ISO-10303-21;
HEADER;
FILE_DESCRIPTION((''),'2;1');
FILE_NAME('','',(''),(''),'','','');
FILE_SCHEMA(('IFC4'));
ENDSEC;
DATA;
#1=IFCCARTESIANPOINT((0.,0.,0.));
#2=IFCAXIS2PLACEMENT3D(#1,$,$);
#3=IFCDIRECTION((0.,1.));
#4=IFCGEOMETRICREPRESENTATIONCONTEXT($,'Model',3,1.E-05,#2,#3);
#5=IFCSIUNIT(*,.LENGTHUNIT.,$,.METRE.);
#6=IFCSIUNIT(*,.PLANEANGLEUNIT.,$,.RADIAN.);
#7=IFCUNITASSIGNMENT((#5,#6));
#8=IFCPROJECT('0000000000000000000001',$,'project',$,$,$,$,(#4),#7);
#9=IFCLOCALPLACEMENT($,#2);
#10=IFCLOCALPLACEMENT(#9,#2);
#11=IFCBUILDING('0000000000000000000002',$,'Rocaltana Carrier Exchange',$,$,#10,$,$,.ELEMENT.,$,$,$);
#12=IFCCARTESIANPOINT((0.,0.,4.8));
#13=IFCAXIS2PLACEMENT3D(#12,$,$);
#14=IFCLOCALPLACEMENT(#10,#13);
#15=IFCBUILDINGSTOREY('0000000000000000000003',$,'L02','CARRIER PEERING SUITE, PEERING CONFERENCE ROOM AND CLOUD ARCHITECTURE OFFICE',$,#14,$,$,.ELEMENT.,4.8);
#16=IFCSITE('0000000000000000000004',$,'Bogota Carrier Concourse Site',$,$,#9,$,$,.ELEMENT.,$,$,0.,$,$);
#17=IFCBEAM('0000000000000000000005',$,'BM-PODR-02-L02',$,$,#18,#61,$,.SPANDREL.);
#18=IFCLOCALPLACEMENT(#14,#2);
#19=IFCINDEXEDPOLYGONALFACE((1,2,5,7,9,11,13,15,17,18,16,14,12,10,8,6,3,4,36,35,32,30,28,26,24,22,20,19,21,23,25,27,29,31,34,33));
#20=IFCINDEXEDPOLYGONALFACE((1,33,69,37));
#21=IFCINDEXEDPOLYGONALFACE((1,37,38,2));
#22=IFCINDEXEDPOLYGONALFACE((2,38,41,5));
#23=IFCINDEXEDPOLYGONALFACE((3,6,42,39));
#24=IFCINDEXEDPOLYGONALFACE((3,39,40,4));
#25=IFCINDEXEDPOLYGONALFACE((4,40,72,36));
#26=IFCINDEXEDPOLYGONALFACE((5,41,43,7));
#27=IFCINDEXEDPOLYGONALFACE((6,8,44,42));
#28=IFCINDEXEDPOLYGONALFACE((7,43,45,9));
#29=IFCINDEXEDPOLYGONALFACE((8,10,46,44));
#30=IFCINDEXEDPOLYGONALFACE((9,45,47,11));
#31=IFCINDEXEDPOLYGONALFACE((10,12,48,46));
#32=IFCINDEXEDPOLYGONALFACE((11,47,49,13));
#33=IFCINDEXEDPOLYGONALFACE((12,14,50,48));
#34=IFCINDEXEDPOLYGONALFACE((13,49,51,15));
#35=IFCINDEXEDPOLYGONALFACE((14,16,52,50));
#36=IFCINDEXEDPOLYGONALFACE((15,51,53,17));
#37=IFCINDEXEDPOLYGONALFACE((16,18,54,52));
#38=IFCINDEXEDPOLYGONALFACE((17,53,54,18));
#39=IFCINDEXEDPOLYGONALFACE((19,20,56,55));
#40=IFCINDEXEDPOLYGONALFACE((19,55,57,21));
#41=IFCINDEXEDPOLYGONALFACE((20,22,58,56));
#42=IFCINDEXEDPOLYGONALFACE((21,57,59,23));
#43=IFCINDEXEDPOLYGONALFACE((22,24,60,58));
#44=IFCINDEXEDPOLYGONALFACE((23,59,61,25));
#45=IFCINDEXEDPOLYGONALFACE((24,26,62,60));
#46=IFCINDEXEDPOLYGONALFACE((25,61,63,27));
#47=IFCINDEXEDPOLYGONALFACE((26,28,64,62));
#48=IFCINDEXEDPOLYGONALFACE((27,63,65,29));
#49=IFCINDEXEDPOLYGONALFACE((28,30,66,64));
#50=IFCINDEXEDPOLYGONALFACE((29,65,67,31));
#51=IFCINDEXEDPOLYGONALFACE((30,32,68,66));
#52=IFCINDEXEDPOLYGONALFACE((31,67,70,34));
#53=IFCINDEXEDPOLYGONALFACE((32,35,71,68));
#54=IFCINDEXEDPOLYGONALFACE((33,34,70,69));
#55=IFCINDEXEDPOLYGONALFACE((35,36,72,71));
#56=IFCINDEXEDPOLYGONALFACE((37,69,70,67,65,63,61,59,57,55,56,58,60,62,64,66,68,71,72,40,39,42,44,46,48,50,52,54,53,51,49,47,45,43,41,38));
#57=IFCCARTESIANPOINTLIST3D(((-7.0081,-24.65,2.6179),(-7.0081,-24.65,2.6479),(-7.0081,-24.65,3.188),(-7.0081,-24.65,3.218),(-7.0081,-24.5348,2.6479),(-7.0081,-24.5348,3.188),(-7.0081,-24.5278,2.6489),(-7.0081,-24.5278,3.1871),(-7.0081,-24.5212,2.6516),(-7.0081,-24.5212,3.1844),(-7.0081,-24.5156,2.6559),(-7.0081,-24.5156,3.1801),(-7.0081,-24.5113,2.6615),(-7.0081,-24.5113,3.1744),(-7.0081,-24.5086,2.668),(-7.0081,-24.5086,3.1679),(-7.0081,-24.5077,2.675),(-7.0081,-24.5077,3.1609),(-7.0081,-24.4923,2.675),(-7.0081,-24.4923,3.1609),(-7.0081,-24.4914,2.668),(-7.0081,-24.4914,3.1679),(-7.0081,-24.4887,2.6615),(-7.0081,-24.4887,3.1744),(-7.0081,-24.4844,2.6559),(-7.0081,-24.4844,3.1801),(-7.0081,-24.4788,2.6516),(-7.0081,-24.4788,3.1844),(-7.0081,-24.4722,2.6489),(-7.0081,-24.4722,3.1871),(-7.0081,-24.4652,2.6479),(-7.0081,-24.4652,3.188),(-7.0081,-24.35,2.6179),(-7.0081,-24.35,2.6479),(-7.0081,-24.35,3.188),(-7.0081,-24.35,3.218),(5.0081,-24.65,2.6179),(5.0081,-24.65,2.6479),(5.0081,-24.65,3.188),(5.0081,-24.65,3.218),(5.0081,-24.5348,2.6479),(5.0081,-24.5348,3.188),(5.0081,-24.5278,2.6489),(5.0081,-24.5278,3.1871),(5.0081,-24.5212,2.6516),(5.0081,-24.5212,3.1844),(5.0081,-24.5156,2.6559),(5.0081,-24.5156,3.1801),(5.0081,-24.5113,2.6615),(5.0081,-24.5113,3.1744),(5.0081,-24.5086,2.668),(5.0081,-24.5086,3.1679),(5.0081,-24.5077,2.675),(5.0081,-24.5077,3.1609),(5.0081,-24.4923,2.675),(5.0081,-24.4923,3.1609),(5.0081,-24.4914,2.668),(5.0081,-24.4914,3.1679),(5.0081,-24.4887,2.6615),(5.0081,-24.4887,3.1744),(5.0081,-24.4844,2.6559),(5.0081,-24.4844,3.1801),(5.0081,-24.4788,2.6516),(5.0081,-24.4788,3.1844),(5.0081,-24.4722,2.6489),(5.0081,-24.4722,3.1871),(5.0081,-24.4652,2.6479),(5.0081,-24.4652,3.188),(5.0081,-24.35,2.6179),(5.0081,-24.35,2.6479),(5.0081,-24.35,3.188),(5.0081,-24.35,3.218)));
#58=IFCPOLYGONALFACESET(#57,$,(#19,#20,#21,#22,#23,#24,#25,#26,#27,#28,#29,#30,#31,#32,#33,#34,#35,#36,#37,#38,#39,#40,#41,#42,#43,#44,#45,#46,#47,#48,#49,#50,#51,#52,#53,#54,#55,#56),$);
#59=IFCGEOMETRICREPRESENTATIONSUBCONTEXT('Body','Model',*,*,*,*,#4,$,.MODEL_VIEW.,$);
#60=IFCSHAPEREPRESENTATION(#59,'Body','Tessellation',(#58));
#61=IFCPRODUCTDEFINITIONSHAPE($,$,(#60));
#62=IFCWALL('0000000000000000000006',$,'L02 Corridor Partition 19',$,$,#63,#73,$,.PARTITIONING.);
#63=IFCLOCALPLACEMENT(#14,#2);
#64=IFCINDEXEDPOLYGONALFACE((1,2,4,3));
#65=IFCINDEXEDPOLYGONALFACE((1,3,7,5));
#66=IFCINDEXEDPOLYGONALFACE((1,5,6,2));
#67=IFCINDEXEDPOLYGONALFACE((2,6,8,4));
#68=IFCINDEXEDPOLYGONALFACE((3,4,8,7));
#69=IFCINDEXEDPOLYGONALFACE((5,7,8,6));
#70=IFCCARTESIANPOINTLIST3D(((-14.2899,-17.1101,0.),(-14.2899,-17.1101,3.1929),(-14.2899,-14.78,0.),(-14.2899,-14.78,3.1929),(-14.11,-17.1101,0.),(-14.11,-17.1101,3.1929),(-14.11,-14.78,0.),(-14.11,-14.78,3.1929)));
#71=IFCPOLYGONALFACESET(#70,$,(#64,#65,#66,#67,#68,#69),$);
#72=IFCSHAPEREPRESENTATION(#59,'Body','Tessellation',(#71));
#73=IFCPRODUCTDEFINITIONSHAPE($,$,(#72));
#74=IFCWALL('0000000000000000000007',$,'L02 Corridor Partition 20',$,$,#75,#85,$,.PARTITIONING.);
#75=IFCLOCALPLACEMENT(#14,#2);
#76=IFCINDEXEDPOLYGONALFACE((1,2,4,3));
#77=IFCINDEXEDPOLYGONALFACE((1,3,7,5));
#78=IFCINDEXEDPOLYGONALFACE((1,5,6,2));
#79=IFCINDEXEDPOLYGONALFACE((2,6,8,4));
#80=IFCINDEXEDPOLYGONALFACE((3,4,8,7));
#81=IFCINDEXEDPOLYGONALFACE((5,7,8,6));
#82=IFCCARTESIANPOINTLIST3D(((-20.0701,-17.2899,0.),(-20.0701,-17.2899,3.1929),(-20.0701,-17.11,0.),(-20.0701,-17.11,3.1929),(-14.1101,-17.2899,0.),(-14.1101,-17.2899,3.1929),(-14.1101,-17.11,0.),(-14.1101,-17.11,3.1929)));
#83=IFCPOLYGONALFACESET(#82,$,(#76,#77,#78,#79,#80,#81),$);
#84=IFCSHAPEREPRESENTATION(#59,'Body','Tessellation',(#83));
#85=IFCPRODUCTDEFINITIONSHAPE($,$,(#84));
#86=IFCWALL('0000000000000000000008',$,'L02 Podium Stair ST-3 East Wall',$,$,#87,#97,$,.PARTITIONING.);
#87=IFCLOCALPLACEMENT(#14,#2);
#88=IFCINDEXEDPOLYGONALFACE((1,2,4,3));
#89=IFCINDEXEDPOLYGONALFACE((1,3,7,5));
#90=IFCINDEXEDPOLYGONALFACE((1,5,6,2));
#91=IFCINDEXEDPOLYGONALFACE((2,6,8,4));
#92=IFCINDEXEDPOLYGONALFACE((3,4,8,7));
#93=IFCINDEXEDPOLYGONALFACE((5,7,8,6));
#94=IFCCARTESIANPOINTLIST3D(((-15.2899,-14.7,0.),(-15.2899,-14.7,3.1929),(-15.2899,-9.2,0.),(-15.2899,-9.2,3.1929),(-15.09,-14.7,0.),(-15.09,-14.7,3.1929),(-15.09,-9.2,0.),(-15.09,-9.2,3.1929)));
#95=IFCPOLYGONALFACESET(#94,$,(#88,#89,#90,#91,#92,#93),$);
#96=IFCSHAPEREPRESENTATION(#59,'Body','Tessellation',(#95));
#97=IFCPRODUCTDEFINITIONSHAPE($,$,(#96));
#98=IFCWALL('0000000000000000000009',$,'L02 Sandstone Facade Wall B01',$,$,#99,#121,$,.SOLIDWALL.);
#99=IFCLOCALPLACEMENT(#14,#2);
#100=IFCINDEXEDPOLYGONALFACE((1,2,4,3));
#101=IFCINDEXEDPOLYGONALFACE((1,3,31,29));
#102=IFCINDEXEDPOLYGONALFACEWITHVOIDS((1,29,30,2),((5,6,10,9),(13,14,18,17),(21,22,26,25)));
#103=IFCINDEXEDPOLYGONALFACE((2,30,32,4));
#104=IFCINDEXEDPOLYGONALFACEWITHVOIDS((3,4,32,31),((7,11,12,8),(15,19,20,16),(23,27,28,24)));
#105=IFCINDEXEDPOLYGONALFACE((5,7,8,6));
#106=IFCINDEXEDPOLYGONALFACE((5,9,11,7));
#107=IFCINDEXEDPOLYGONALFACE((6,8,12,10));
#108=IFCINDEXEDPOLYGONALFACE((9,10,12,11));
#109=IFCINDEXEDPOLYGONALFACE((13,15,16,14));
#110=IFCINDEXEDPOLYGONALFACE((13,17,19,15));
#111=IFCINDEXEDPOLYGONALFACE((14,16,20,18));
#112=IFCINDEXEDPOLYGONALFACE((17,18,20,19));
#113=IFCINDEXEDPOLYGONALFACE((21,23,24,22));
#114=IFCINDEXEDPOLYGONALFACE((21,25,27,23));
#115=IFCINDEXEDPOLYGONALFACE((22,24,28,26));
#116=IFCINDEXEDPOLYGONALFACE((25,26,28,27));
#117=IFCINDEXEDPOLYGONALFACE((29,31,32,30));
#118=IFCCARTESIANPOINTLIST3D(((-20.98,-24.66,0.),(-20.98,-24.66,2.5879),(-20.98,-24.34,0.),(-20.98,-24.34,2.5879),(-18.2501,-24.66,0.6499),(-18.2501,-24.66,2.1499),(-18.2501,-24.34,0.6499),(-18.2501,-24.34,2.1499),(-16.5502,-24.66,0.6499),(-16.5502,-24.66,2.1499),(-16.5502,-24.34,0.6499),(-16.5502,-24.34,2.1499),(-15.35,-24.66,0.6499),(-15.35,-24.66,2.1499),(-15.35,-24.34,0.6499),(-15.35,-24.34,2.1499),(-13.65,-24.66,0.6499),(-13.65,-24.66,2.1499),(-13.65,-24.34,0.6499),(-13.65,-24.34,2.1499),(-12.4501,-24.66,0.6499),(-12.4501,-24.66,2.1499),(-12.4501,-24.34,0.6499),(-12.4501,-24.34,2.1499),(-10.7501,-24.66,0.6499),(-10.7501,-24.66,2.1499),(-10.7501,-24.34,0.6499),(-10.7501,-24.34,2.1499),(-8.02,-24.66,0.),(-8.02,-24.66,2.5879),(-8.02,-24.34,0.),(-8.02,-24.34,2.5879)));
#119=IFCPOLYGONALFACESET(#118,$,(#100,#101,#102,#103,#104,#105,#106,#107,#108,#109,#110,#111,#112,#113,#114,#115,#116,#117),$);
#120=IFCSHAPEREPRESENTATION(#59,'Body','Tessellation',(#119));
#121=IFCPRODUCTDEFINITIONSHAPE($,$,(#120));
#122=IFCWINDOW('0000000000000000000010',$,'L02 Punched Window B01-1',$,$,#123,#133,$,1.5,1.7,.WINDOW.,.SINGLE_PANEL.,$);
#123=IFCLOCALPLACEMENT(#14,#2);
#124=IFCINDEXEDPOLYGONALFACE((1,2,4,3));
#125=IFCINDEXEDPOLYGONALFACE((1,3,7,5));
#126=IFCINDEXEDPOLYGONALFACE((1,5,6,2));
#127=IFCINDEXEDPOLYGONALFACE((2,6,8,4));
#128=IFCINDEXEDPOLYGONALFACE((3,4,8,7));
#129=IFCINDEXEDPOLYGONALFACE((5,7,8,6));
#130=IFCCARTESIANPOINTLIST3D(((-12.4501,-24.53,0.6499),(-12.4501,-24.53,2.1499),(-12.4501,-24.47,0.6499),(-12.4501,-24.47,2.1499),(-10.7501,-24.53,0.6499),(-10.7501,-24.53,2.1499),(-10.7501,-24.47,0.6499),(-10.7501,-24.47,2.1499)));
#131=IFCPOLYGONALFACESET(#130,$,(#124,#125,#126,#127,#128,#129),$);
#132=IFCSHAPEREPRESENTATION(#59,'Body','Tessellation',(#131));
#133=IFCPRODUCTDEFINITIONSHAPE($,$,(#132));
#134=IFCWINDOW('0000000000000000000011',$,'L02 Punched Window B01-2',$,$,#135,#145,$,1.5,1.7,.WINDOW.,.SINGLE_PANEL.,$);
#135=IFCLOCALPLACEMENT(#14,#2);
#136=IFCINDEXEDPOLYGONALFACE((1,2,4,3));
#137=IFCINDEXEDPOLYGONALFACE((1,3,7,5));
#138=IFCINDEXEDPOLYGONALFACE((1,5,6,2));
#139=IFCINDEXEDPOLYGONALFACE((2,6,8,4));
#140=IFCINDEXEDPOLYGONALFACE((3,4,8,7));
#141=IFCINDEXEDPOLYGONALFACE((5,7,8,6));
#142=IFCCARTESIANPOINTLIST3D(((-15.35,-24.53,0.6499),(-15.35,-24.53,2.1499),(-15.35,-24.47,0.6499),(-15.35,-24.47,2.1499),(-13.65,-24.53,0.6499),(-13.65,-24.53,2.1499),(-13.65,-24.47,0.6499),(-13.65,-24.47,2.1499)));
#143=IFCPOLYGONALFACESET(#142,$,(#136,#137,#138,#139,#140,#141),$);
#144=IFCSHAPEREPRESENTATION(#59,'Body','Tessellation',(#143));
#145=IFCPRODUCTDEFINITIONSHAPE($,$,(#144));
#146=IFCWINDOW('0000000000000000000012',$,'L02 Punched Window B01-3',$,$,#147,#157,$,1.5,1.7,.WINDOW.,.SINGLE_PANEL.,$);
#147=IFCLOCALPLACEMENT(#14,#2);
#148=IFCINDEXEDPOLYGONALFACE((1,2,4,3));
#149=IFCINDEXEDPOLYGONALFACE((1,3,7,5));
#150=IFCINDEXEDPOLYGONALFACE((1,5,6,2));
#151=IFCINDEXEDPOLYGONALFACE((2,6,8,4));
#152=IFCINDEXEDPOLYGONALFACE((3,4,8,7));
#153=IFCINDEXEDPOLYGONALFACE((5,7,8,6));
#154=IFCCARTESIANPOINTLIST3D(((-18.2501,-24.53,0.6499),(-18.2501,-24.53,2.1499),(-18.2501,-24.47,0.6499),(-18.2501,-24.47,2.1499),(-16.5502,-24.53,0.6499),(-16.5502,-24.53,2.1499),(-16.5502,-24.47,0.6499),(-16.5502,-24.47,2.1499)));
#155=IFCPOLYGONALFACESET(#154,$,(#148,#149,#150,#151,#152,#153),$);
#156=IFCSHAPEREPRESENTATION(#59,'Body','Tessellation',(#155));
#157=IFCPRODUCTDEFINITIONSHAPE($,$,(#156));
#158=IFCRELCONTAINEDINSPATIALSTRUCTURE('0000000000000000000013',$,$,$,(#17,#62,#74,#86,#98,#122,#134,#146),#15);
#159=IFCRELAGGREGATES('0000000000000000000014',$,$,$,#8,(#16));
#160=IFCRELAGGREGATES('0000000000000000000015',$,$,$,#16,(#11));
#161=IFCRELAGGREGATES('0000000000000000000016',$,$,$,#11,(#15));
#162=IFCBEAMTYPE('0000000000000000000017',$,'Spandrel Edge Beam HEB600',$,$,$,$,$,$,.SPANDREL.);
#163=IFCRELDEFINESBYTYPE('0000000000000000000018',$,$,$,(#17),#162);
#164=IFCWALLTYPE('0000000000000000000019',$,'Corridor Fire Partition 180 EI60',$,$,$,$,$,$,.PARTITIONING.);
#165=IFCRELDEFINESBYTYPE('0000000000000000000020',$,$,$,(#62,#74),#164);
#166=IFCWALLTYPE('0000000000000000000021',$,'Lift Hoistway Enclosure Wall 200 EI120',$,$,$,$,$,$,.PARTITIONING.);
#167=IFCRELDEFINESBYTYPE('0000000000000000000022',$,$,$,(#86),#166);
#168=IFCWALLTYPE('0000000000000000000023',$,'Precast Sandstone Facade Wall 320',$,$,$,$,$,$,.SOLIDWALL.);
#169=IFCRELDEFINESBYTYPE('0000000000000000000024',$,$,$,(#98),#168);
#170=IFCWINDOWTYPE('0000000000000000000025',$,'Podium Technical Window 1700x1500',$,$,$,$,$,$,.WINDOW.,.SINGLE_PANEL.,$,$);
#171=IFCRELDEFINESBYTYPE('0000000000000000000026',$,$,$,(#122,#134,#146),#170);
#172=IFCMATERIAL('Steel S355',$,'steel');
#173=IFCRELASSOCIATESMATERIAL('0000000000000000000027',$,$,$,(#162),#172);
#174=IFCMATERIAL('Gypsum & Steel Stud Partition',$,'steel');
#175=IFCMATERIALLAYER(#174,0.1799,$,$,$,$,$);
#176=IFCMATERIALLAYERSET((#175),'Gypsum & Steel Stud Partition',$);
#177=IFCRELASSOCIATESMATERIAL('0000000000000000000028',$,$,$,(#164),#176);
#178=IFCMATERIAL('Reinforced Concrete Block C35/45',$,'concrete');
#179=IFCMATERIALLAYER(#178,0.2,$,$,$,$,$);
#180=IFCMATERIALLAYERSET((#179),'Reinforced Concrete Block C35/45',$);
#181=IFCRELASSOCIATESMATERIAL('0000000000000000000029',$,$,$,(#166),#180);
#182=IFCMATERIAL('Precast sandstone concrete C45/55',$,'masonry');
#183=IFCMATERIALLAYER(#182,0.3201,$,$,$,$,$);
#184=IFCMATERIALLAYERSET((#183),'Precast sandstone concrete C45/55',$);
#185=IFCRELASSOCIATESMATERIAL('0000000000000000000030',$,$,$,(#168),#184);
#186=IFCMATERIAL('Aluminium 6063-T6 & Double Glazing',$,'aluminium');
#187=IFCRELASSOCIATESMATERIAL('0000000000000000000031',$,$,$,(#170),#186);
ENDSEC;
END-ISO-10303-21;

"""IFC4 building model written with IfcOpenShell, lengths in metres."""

from ifc_helpers import new_model, si_unit, direction, frame, frame_2d, origin, origin_2d, place, context, subcontext, project, spatial, rectangle, i_section, extrude, material, layer, layer_set, material_profile, profile_set, type_object, element, fill, save


model = new_model("IFC4")

# Units and contexts
model_context = context("Model", 3, precision=1e-05, world=origin(), true_north=direction((0.0, 1.0)))
body_context = subcontext(model_context, "Body", "Model", "MODEL_VIEW")
ifc_project = project(units=[si_unit("LENGTHUNIT", "METRE"), si_unit("PLANEANGLEUNIT", "RADIAN")], contexts=[model_context])

# Site, building, storey
site_placement = place(None, origin())
site = spatial("IfcSite", under=ifc_project, at=site_placement, Name="Bogota Carrier Concourse Site", CompositionType="ELEMENT", RefElevation=0.0)
building_placement = place(site_placement, origin())
building = spatial("IfcBuilding", under=site, at=building_placement, Name="Rocaltana Carrier Exchange", CompositionType="ELEMENT")
storey_placement = place(building_placement, frame((0.0, 0.0, 4.8)))
storey = spatial("IfcBuildingStorey", under=building, at=storey_placement, Name="L02", Description="CARRIER PEERING SUITE, PEERING CONFERENCE ROOM AND CLOUD ARCHITECTURE OFFICE", CompositionType="ELEMENT", Elevation=4.8)

# Beam
ifc_material_1 = material(Name="Steel S355", Category="steel")
ifc_material_profile_1 = material_profile(ifc_material_1, i_section(OverallWidth=0.3, OverallDepth=0.6001, WebThickness=0.0154, FlangeThickness=0.03, FilletRadius=0.0271, at=origin_2d()), Name="HEB600")
ifc_profile_set_1 = profile_set([ifc_material_profile_1], Name="Steel S355")
beam_type_1 = type_object("IfcBeamType", Name="Spandrel Edge Beam HEB600", PredefinedType="SPANDREL", material=ifc_profile_set_1)
beam_1_placement = place(storey_placement, frame((-7.0081, -24.5, 2.918), z_axis=(1.0, 0.0, 0.0), x_axis=(0.0, 1.0, 0.0)))
element("IfcBeam", 1, at=beam_1_placement, inside=storey, type_object=beam_type_1, Name="BM-PODR-02-L02", PredefinedType="SPANDREL", context=body_context, shape_type="SweptSolid", body=[
    extrude(i_section(OverallWidth=0.3, OverallDepth=0.6001, WebThickness=0.0154, FlangeThickness=0.03, FilletRadius=0.0271, at=origin_2d()), origin(), (0.0, 0.0, 1.0), 12.0161),
])

# Walls
ifc_material_2 = material(Name="Gypsum & Steel Stud Partition", Category="steel")
ifc_layer_1 = layer(ifc_material_2, 0.1799)
ifc_layer_set_1 = layer_set([ifc_layer_1], Name="Gypsum & Steel Stud Partition")
wall_type_1 = type_object("IfcWallType", Name="Corridor Fire Partition 180 EI60", PredefinedType="PARTITIONING", material=ifc_layer_set_1)
wall_1_placement = place(storey_placement, frame((-14.2, -14.78, 0.0), z_axis=(0.0, 0.0, 1.0), x_axis=(0.0, -1.0, 0.0)))
element("IfcWall", 2, at=wall_1_placement, inside=storey, type_object=wall_type_1, Name="L02 Corridor Partition 19", PredefinedType="PARTITIONING", context=body_context, shape_type="SweptSolid", body=[
    extrude(rectangle(XDim=2.3301, YDim=0.1799, at=frame_2d((1.165, 0.0))), origin(), (0.0, 0.0, 1.0), 3.1929),
])
wall_2_placement = place(storey_placement, frame((-14.1101, -17.2, 0.0), z_axis=(0.0, 0.0, 1.0), x_axis=(-1.0, 0.0, 0.0)))
element("IfcWall", 3, at=wall_2_placement, inside=storey, type_object=wall_type_1, Name="L02 Corridor Partition 20", PredefinedType="PARTITIONING", context=body_context, shape_type="SweptSolid", body=[
    extrude(rectangle(XDim=5.96, YDim=0.1799, at=frame_2d((2.98, 0.0))), origin(), (0.0, 0.0, 1.0), 3.1929),
])
ifc_material_3 = material(Name="Reinforced Concrete Block C35/45", Category="concrete")
ifc_layer_2 = layer(ifc_material_3, 0.2)
ifc_layer_set_2 = layer_set([ifc_layer_2], Name="Reinforced Concrete Block C35/45")
wall_type_2 = type_object("IfcWallType", Name="Lift Hoistway Enclosure Wall 200 EI120", PredefinedType="PARTITIONING", material=ifc_layer_set_2)
wall_3_placement = place(storey_placement, frame((-15.1899, -14.7, 0.0), z_axis=(0.0, 0.0, 1.0), x_axis=(0.0, 1.0, 0.0)))
element("IfcWall", 4, at=wall_3_placement, inside=storey, type_object=wall_type_2, Name="L02 Podium Stair ST-3 East Wall", PredefinedType="PARTITIONING", context=body_context, shape_type="SweptSolid", body=[
    extrude(rectangle(XDim=5.5, YDim=0.2, at=frame_2d((2.75, 0.0))), origin(), (0.0, 0.0, 1.0), 3.1929),
])

# Wall, openings, windows
ifc_material_4 = material(Name="Precast sandstone concrete C45/55", Category="masonry")
ifc_layer_3 = layer(ifc_material_4, 0.3201)
ifc_layer_set_3 = layer_set([ifc_layer_3], Name="Precast sandstone concrete C45/55")
wall_type_3 = type_object("IfcWallType", Name="Precast Sandstone Facade Wall 320", PredefinedType="SOLIDWALL", material=ifc_layer_set_3)
wall_4_placement = place(storey_placement, frame((-8.02, -24.5, 0.0), z_axis=(0.0, 0.0, 1.0), x_axis=(-1.0, 0.0, 0.0)))
wall_4 = element("IfcWall", 5, at=wall_4_placement, inside=storey, type_object=wall_type_3, Name="L02 Sandstone Facade Wall B01", PredefinedType="SOLIDWALL", context=body_context, shape_type="SweptSolid", body=[
    extrude(rectangle(XDim=12.96, YDim=0.3201, at=frame_2d((6.48, 0.0))), origin(), (0.0, 0.0, 1.0), 2.5879),
])
opening_1_placement = place(wall_4_placement, frame((2.73, 0.0, 0.6499)))
opening_1 = element("IfcOpeningElement", 6, at=opening_1_placement, cuts=wall_4, PredefinedType="OPENING", context=body_context, shape_type="SweptSolid", body=[
    extrude(rectangle(XDim=1.7, YDim=1.5, at=frame_2d((0.8501, 0.75))), frame((0.0, 0.1699, 0.0), z_axis=(0.0, -1.0, 0.0), x_axis=(1.0, 0.0, 0.0)), (0.0, 0.0, 1.0), 0.3401),
])
opening_2_placement = place(wall_4_placement, frame((5.6299, 0.0, 0.6499)))
opening_2 = element("IfcOpeningElement", 7, at=opening_2_placement, cuts=wall_4, PredefinedType="OPENING", context=body_context, shape_type="SweptSolid", body=[
    extrude(rectangle(XDim=1.7, YDim=1.5, at=frame_2d((0.8501, 0.75))), frame((0.0, 0.1699, 0.0), z_axis=(0.0, -1.0, 0.0), x_axis=(1.0, 0.0, 0.0)), (0.0, 0.0, 1.0), 0.3401),
])
opening_3_placement = place(wall_4_placement, frame((8.53, 0.0, 0.6499)))
opening_3 = element("IfcOpeningElement", 8, at=opening_3_placement, cuts=wall_4, PredefinedType="OPENING", context=body_context, shape_type="SweptSolid", body=[
    extrude(rectangle(XDim=1.7, YDim=1.5, at=frame_2d((0.8501, 0.75))), frame((0.0, 0.1699, 0.0), z_axis=(0.0, -1.0, 0.0), x_axis=(1.0, 0.0, 0.0)), (0.0, 0.0, 1.0), 0.3401),
])
ifc_material_5 = material(Name="Aluminium 6063-T6 & Double Glazing", Category="aluminium")
window_type = type_object("IfcWindowType", Name="Podium Technical Window 1700x1500", PartitioningType="SINGLE_PANEL", PredefinedType="WINDOW", material=ifc_material_5)
window_1_placement = place(opening_1_placement, origin())
window_1 = element("IfcWindow", 9, at=window_1_placement, inside=storey, type_object=window_type, Name="L02 Punched Window B01-1", OverallHeight=1.5, OverallWidth=1.7, PartitioningType="SINGLE_PANEL", PredefinedType="WINDOW", context=body_context, shape_type="SweptSolid", body=[
    extrude(rectangle(XDim=1.7, YDim=1.5, at=frame_2d((0.8501, 0.75))), frame((0.0, 0.03, 0.0), z_axis=(0.0, -1.0, 0.0), x_axis=(1.0, 0.0, 0.0)), (0.0, 0.0, 1.0), 0.0601),
])
fill(opening_1, window_1)
window_2_placement = place(opening_2_placement, origin())
window_2 = element("IfcWindow", 10, at=window_2_placement, inside=storey, type_object=window_type, Name="L02 Punched Window B01-2", OverallHeight=1.5, OverallWidth=1.7, PartitioningType="SINGLE_PANEL", PredefinedType="WINDOW", context=body_context, shape_type="SweptSolid", body=[
    extrude(rectangle(XDim=1.7, YDim=1.5, at=frame_2d((0.8501, 0.75))), frame((0.0, 0.03, 0.0), z_axis=(0.0, -1.0, 0.0), x_axis=(1.0, 0.0, 0.0)), (0.0, 0.0, 1.0), 0.0601),
])
fill(opening_2, window_2)
window_3_placement = place(opening_3_placement, origin())
window_3 = element("IfcWindow", 11, at=window_3_placement, inside=storey, type_object=window_type, Name="L02 Punched Window B01-3", OverallHeight=1.5, OverallWidth=1.7, PartitioningType="SINGLE_PANEL", PredefinedType="WINDOW", context=body_context, shape_type="SweptSolid", body=[
    extrude(rectangle(XDim=1.7, YDim=1.5, at=frame_2d((0.8501, 0.75))), frame((0.0, 0.03, 0.0), z_axis=(0.0, -1.0, 0.0), x_axis=(1.0, 0.0, 0.0)), (0.0, 0.0, 1.0), 0.0601),
])
fill(opening_3, window_3)

save(model, "model.ifc")
